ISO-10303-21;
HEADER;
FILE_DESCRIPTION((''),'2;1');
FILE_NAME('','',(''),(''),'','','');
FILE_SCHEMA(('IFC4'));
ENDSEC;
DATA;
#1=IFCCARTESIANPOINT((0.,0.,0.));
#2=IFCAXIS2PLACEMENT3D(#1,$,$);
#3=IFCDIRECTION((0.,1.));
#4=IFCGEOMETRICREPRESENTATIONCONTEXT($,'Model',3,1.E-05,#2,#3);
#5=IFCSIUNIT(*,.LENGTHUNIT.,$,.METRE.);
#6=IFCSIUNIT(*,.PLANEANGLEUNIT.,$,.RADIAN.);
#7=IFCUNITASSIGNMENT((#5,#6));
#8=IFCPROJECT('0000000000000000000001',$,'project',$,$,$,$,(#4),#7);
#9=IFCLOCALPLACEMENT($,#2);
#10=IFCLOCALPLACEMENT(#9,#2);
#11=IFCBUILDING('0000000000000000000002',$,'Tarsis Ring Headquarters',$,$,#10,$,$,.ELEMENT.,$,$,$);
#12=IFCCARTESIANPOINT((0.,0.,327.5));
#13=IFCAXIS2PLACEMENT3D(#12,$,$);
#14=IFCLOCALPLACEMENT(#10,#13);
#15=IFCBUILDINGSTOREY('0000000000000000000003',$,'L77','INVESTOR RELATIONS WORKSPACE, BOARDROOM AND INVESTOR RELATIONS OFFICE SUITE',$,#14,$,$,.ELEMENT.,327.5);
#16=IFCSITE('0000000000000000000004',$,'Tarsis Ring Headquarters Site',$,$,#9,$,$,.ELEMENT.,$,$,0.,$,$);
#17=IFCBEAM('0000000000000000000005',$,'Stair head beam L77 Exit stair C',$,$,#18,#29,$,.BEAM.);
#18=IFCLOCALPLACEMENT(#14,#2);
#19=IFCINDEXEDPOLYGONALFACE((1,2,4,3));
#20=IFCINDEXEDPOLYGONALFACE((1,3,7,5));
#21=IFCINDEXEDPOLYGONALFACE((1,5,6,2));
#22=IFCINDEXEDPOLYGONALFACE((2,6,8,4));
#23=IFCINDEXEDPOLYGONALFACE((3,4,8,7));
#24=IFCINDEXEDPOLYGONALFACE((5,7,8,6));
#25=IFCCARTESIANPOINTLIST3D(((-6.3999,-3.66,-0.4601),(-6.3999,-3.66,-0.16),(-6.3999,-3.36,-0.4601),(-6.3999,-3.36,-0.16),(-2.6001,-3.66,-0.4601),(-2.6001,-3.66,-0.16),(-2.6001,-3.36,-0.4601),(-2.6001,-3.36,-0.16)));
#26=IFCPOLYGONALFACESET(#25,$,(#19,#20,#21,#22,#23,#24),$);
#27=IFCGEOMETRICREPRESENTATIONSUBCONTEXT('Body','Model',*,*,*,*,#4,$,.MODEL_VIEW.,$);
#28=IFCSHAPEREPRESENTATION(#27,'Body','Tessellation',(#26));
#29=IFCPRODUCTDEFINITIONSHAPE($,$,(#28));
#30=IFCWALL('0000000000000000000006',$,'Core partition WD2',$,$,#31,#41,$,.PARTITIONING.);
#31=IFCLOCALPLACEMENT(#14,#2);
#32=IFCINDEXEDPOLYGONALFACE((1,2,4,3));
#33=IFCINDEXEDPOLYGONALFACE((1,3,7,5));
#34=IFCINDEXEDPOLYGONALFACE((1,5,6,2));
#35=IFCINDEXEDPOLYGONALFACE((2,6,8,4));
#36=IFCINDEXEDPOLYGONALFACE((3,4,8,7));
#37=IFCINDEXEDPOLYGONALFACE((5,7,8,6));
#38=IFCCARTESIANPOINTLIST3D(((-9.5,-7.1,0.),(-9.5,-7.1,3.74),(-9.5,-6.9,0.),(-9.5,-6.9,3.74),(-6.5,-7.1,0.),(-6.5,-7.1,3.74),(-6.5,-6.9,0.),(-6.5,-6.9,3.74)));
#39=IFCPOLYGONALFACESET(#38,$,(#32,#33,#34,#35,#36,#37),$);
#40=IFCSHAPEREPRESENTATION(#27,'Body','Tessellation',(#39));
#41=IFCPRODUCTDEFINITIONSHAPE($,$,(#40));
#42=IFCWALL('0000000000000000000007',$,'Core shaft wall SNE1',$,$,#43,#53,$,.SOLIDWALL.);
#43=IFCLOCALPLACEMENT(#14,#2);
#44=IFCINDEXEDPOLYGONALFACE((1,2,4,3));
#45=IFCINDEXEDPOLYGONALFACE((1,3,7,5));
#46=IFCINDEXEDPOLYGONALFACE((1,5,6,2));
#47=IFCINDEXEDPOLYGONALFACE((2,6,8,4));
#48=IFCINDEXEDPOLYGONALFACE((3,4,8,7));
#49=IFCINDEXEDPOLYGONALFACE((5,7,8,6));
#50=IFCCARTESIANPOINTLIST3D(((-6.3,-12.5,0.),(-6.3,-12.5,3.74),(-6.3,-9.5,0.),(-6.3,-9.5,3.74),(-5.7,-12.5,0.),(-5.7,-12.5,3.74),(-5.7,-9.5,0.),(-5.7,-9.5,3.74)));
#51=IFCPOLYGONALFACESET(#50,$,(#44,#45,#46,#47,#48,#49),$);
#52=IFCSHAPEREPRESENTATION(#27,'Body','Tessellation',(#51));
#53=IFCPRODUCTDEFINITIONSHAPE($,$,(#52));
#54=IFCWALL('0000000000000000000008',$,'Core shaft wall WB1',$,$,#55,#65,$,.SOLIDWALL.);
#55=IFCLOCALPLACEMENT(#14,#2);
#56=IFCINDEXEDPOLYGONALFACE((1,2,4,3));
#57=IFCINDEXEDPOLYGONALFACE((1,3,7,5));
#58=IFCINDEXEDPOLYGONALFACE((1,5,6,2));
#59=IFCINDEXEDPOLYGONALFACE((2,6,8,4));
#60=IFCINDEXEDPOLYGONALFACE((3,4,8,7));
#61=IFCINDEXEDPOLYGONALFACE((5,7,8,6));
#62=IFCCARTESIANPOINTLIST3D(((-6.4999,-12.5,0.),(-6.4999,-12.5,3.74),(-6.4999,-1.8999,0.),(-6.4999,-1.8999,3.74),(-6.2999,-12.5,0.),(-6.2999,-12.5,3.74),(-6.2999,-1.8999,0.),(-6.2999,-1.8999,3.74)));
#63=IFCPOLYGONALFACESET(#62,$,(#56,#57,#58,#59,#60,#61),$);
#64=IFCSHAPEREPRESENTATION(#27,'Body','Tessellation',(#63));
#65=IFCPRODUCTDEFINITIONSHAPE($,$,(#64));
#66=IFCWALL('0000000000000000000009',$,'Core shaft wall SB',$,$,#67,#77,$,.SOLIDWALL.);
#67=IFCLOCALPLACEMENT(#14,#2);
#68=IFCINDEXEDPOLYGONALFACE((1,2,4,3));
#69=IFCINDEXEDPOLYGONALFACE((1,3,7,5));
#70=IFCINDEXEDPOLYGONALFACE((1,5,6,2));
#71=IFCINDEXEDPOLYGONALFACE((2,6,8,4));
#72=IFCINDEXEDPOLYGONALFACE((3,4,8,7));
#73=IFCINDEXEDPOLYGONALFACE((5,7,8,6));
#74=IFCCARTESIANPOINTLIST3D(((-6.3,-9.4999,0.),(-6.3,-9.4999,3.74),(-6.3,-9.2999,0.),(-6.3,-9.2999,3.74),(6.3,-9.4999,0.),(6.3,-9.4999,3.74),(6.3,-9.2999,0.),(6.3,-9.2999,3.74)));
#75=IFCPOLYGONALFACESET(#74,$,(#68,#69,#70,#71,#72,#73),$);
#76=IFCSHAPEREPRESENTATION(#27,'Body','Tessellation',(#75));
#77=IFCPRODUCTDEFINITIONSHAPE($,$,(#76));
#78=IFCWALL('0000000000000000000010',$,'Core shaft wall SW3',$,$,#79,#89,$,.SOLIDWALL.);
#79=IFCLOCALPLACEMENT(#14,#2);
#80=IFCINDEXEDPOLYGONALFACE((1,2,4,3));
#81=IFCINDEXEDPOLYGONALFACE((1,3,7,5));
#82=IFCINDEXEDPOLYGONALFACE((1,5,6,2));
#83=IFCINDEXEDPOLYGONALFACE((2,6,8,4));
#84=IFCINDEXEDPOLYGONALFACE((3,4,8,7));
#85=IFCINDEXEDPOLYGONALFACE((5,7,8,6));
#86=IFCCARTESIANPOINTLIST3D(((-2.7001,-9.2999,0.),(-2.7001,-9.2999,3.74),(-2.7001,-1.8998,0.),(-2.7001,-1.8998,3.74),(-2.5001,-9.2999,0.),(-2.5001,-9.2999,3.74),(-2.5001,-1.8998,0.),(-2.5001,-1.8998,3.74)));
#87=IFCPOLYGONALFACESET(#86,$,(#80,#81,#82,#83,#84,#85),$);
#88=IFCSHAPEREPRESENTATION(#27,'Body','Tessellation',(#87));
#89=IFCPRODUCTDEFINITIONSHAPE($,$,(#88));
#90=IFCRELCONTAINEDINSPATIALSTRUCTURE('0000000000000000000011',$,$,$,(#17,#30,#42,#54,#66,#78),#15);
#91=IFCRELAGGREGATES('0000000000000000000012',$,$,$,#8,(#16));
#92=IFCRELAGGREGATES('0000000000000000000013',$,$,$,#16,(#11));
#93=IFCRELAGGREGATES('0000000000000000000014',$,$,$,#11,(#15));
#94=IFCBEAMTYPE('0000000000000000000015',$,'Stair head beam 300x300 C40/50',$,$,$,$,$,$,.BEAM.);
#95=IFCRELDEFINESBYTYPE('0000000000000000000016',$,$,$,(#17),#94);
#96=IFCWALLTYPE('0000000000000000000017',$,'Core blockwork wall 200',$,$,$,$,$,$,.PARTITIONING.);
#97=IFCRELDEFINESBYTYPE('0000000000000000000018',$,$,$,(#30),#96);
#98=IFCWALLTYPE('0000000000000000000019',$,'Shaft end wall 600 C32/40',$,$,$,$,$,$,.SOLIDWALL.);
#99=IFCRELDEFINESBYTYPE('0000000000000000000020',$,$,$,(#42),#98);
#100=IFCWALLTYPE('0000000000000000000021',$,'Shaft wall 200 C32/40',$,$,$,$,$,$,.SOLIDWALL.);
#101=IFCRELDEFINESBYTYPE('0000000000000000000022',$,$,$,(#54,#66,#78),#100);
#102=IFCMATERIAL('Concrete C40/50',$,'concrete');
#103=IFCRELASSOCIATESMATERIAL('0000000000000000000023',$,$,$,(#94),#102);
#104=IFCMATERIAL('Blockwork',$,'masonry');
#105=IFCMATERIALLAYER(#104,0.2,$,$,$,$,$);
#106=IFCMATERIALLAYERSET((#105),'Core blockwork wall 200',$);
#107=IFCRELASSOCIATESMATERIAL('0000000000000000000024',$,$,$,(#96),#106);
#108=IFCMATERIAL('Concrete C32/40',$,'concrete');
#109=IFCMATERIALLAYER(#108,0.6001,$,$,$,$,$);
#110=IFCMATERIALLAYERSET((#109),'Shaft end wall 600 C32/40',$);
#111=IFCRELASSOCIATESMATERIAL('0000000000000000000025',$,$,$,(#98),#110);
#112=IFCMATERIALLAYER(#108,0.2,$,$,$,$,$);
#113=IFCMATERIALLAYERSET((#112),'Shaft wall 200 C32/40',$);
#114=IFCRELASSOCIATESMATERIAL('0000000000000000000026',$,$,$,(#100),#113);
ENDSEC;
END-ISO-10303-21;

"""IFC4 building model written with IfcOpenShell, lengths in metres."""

from ifc_helpers import new_model, si_unit, direction, frame, frame_2d, origin, origin_2d, place, context, subcontext, project, spatial, rectangle, extrude, material, layer, layer_set, material_profile, profile_set, type_object, element, save


model = new_model("IFC4")

# Units and contexts
model_context = context("Model", 3, precision=1e-05, world=origin(), true_north=direction((0.0, 1.0)))
body_context = subcontext(model_context, "Body", "Model", "MODEL_VIEW")
ifc_project = project(units=[si_unit("LENGTHUNIT", "METRE"), si_unit("PLANEANGLEUNIT", "RADIAN")], contexts=[model_context])

# Site, building, storey
site_placement = place(None, origin())
site = spatial("IfcSite", under=ifc_project, at=site_placement, Name="Tarsis Ring Headquarters Site", CompositionType="ELEMENT", RefElevation=0.0)
building_placement = place(site_placement, origin())
building = spatial("IfcBuilding", under=site, at=building_placement, Name="Tarsis Ring Headquarters", CompositionType="ELEMENT")
storey_placement = place(building_placement, frame((0.0, 0.0, 327.5)))
storey = spatial("IfcBuildingStorey", under=building, at=storey_placement, Name="L77", Description="INVESTOR RELATIONS WORKSPACE, BOARDROOM AND INVESTOR RELATIONS OFFICE SUITE", CompositionType="ELEMENT", Elevation=327.5)

# Beam
ifc_material_1 = material(Name="Concrete C40/50", Category="concrete")
ifc_material_profile = material_profile(ifc_material_1, rectangle(XDim=0.3, YDim=0.3, at=origin_2d()), Name="Stair head beam 300x300 C40/50")
ifc_profile_set = profile_set([ifc_material_profile], Name="Concrete C40/50")
beam_type = type_object("IfcBeamType", Name="Stair head beam 300x300 C40/50", PredefinedType="BEAM", material=ifc_profile_set)
beam_placement = place(storey_placement, frame((-6.3999, -3.51, -0.3101), z_axis=(1.0, 0.0, 0.0), x_axis=(0.0, 1.0, 0.0)))
element("IfcBeam", 1, at=beam_placement, inside=storey, type_object=beam_type, Name="Stair head beam L77 Exit stair C", PredefinedType="BEAM", context=body_context, shape_type="SweptSolid", body=[
    extrude(rectangle(XDim=0.3, YDim=0.3, at=origin_2d()), origin(), (0.0, 0.0, 1.0), 3.7998),
])

# Walls
ifc_material_2 = material(Name="Blockwork", Category="masonry")
ifc_layer_1 = layer(ifc_material_2, 0.2)
ifc_layer_set_1 = layer_set([ifc_layer_1], Name="Core blockwork wall 200")
wall_type_1 = type_object("IfcWallType", Name="Core blockwork wall 200", PredefinedType="PARTITIONING", material=ifc_layer_set_1)
wall_1_placement = place(storey_placement, frame((-9.5, -7.0, 0.0), z_axis=(0.0, 0.0, 1.0), x_axis=(1.0, 0.0, 0.0)))
element("IfcWall", 2, at=wall_1_placement, inside=storey, type_object=wall_type_1, Name="Core partition WD2", PredefinedType="PARTITIONING", context=body_context, shape_type="SweptSolid", body=[
    extrude(rectangle(XDim=3.0, YDim=0.2, at=frame_2d((1.5, 0.0))), origin(), (0.0, 0.0, 1.0), 3.74),
])
ifc_material_3 = material(Name="Concrete C32/40", Category="concrete")
ifc_layer_2 = layer(ifc_material_3, 0.6001)
ifc_layer_set_2 = layer_set([ifc_layer_2], Name="Shaft end wall 600 C32/40")
wall_type_2 = type_object("IfcWallType", Name="Shaft end wall 600 C32/40", PredefinedType="SOLIDWALL", material=ifc_layer_set_2)
wall_2_placement = place(storey_placement, frame((-6.0, -12.5, 0.0), z_axis=(0.0, 0.0, 1.0), x_axis=(0.0, 1.0, 0.0)))
element("IfcWall", 3, at=wall_2_placement, inside=storey, type_object=wall_type_2, Name="Core shaft wall SNE1", PredefinedType="SOLIDWALL", context=body_context, shape_type="SweptSolid", body=[
    extrude(rectangle(XDim=3.0, YDim=0.6001, at=frame_2d((1.5, 0.0))), origin(), (0.0, 0.0, 1.0), 3.74),
])
ifc_layer_3 = layer(ifc_material_3, 0.2)
ifc_layer_set_3 = layer_set([ifc_layer_3], Name="Shaft wall 200 C32/40")
wall_type_3 = type_object("IfcWallType", Name="Shaft wall 200 C32/40", PredefinedType="SOLIDWALL", material=ifc_layer_set_3)
wall_3_placement = place(storey_placement, frame((-6.3999, -12.5, 0.0), z_axis=(0.0, 0.0, 1.0), x_axis=(0.0, 1.0, 0.0)))
element("IfcWall", 4, at=wall_3_placement, inside=storey, type_object=wall_type_3, Name="Core shaft wall WB1", PredefinedType="SOLIDWALL", context=body_context, shape_type="SweptSolid", body=[
    extrude(rectangle(XDim=10.6001, YDim=0.2, at=frame_2d((5.3, 0.0))), origin(), (0.0, 0.0, 1.0), 3.74),
])
wall_4_placement = place(storey_placement, frame((-6.3, -9.3999, 0.0), z_axis=(0.0, 0.0, 1.0), x_axis=(1.0, 0.0, 0.0)))
element("IfcWall", 5, at=wall_4_placement, inside=storey, type_object=wall_type_3, Name="Core shaft wall SB", PredefinedType="SOLIDWALL", context=body_context, shape_type="SweptSolid", body=[
    extrude(rectangle(XDim=12.6001, YDim=0.2, at=frame_2d((6.3, 0.0))), origin(), (0.0, 0.0, 1.0), 3.74),
])
wall_5_placement = place(storey_placement, frame((-2.6001, -9.3, 0.0), z_axis=(0.0, 0.0, 1.0), x_axis=(0.0, 1.0, 0.0)))
element("IfcWall", 6, at=wall_5_placement, inside=storey, type_object=wall_type_3, Name="Core shaft wall SW3", PredefinedType="SOLIDWALL", context=body_context, shape_type="SweptSolid", body=[
    extrude(rectangle(XDim=7.4001, YDim=0.2, at=frame_2d((3.7002, 0.0))), origin(), (0.0, 0.0, 1.0), 3.74),
])

save(model, "model.ifc")
